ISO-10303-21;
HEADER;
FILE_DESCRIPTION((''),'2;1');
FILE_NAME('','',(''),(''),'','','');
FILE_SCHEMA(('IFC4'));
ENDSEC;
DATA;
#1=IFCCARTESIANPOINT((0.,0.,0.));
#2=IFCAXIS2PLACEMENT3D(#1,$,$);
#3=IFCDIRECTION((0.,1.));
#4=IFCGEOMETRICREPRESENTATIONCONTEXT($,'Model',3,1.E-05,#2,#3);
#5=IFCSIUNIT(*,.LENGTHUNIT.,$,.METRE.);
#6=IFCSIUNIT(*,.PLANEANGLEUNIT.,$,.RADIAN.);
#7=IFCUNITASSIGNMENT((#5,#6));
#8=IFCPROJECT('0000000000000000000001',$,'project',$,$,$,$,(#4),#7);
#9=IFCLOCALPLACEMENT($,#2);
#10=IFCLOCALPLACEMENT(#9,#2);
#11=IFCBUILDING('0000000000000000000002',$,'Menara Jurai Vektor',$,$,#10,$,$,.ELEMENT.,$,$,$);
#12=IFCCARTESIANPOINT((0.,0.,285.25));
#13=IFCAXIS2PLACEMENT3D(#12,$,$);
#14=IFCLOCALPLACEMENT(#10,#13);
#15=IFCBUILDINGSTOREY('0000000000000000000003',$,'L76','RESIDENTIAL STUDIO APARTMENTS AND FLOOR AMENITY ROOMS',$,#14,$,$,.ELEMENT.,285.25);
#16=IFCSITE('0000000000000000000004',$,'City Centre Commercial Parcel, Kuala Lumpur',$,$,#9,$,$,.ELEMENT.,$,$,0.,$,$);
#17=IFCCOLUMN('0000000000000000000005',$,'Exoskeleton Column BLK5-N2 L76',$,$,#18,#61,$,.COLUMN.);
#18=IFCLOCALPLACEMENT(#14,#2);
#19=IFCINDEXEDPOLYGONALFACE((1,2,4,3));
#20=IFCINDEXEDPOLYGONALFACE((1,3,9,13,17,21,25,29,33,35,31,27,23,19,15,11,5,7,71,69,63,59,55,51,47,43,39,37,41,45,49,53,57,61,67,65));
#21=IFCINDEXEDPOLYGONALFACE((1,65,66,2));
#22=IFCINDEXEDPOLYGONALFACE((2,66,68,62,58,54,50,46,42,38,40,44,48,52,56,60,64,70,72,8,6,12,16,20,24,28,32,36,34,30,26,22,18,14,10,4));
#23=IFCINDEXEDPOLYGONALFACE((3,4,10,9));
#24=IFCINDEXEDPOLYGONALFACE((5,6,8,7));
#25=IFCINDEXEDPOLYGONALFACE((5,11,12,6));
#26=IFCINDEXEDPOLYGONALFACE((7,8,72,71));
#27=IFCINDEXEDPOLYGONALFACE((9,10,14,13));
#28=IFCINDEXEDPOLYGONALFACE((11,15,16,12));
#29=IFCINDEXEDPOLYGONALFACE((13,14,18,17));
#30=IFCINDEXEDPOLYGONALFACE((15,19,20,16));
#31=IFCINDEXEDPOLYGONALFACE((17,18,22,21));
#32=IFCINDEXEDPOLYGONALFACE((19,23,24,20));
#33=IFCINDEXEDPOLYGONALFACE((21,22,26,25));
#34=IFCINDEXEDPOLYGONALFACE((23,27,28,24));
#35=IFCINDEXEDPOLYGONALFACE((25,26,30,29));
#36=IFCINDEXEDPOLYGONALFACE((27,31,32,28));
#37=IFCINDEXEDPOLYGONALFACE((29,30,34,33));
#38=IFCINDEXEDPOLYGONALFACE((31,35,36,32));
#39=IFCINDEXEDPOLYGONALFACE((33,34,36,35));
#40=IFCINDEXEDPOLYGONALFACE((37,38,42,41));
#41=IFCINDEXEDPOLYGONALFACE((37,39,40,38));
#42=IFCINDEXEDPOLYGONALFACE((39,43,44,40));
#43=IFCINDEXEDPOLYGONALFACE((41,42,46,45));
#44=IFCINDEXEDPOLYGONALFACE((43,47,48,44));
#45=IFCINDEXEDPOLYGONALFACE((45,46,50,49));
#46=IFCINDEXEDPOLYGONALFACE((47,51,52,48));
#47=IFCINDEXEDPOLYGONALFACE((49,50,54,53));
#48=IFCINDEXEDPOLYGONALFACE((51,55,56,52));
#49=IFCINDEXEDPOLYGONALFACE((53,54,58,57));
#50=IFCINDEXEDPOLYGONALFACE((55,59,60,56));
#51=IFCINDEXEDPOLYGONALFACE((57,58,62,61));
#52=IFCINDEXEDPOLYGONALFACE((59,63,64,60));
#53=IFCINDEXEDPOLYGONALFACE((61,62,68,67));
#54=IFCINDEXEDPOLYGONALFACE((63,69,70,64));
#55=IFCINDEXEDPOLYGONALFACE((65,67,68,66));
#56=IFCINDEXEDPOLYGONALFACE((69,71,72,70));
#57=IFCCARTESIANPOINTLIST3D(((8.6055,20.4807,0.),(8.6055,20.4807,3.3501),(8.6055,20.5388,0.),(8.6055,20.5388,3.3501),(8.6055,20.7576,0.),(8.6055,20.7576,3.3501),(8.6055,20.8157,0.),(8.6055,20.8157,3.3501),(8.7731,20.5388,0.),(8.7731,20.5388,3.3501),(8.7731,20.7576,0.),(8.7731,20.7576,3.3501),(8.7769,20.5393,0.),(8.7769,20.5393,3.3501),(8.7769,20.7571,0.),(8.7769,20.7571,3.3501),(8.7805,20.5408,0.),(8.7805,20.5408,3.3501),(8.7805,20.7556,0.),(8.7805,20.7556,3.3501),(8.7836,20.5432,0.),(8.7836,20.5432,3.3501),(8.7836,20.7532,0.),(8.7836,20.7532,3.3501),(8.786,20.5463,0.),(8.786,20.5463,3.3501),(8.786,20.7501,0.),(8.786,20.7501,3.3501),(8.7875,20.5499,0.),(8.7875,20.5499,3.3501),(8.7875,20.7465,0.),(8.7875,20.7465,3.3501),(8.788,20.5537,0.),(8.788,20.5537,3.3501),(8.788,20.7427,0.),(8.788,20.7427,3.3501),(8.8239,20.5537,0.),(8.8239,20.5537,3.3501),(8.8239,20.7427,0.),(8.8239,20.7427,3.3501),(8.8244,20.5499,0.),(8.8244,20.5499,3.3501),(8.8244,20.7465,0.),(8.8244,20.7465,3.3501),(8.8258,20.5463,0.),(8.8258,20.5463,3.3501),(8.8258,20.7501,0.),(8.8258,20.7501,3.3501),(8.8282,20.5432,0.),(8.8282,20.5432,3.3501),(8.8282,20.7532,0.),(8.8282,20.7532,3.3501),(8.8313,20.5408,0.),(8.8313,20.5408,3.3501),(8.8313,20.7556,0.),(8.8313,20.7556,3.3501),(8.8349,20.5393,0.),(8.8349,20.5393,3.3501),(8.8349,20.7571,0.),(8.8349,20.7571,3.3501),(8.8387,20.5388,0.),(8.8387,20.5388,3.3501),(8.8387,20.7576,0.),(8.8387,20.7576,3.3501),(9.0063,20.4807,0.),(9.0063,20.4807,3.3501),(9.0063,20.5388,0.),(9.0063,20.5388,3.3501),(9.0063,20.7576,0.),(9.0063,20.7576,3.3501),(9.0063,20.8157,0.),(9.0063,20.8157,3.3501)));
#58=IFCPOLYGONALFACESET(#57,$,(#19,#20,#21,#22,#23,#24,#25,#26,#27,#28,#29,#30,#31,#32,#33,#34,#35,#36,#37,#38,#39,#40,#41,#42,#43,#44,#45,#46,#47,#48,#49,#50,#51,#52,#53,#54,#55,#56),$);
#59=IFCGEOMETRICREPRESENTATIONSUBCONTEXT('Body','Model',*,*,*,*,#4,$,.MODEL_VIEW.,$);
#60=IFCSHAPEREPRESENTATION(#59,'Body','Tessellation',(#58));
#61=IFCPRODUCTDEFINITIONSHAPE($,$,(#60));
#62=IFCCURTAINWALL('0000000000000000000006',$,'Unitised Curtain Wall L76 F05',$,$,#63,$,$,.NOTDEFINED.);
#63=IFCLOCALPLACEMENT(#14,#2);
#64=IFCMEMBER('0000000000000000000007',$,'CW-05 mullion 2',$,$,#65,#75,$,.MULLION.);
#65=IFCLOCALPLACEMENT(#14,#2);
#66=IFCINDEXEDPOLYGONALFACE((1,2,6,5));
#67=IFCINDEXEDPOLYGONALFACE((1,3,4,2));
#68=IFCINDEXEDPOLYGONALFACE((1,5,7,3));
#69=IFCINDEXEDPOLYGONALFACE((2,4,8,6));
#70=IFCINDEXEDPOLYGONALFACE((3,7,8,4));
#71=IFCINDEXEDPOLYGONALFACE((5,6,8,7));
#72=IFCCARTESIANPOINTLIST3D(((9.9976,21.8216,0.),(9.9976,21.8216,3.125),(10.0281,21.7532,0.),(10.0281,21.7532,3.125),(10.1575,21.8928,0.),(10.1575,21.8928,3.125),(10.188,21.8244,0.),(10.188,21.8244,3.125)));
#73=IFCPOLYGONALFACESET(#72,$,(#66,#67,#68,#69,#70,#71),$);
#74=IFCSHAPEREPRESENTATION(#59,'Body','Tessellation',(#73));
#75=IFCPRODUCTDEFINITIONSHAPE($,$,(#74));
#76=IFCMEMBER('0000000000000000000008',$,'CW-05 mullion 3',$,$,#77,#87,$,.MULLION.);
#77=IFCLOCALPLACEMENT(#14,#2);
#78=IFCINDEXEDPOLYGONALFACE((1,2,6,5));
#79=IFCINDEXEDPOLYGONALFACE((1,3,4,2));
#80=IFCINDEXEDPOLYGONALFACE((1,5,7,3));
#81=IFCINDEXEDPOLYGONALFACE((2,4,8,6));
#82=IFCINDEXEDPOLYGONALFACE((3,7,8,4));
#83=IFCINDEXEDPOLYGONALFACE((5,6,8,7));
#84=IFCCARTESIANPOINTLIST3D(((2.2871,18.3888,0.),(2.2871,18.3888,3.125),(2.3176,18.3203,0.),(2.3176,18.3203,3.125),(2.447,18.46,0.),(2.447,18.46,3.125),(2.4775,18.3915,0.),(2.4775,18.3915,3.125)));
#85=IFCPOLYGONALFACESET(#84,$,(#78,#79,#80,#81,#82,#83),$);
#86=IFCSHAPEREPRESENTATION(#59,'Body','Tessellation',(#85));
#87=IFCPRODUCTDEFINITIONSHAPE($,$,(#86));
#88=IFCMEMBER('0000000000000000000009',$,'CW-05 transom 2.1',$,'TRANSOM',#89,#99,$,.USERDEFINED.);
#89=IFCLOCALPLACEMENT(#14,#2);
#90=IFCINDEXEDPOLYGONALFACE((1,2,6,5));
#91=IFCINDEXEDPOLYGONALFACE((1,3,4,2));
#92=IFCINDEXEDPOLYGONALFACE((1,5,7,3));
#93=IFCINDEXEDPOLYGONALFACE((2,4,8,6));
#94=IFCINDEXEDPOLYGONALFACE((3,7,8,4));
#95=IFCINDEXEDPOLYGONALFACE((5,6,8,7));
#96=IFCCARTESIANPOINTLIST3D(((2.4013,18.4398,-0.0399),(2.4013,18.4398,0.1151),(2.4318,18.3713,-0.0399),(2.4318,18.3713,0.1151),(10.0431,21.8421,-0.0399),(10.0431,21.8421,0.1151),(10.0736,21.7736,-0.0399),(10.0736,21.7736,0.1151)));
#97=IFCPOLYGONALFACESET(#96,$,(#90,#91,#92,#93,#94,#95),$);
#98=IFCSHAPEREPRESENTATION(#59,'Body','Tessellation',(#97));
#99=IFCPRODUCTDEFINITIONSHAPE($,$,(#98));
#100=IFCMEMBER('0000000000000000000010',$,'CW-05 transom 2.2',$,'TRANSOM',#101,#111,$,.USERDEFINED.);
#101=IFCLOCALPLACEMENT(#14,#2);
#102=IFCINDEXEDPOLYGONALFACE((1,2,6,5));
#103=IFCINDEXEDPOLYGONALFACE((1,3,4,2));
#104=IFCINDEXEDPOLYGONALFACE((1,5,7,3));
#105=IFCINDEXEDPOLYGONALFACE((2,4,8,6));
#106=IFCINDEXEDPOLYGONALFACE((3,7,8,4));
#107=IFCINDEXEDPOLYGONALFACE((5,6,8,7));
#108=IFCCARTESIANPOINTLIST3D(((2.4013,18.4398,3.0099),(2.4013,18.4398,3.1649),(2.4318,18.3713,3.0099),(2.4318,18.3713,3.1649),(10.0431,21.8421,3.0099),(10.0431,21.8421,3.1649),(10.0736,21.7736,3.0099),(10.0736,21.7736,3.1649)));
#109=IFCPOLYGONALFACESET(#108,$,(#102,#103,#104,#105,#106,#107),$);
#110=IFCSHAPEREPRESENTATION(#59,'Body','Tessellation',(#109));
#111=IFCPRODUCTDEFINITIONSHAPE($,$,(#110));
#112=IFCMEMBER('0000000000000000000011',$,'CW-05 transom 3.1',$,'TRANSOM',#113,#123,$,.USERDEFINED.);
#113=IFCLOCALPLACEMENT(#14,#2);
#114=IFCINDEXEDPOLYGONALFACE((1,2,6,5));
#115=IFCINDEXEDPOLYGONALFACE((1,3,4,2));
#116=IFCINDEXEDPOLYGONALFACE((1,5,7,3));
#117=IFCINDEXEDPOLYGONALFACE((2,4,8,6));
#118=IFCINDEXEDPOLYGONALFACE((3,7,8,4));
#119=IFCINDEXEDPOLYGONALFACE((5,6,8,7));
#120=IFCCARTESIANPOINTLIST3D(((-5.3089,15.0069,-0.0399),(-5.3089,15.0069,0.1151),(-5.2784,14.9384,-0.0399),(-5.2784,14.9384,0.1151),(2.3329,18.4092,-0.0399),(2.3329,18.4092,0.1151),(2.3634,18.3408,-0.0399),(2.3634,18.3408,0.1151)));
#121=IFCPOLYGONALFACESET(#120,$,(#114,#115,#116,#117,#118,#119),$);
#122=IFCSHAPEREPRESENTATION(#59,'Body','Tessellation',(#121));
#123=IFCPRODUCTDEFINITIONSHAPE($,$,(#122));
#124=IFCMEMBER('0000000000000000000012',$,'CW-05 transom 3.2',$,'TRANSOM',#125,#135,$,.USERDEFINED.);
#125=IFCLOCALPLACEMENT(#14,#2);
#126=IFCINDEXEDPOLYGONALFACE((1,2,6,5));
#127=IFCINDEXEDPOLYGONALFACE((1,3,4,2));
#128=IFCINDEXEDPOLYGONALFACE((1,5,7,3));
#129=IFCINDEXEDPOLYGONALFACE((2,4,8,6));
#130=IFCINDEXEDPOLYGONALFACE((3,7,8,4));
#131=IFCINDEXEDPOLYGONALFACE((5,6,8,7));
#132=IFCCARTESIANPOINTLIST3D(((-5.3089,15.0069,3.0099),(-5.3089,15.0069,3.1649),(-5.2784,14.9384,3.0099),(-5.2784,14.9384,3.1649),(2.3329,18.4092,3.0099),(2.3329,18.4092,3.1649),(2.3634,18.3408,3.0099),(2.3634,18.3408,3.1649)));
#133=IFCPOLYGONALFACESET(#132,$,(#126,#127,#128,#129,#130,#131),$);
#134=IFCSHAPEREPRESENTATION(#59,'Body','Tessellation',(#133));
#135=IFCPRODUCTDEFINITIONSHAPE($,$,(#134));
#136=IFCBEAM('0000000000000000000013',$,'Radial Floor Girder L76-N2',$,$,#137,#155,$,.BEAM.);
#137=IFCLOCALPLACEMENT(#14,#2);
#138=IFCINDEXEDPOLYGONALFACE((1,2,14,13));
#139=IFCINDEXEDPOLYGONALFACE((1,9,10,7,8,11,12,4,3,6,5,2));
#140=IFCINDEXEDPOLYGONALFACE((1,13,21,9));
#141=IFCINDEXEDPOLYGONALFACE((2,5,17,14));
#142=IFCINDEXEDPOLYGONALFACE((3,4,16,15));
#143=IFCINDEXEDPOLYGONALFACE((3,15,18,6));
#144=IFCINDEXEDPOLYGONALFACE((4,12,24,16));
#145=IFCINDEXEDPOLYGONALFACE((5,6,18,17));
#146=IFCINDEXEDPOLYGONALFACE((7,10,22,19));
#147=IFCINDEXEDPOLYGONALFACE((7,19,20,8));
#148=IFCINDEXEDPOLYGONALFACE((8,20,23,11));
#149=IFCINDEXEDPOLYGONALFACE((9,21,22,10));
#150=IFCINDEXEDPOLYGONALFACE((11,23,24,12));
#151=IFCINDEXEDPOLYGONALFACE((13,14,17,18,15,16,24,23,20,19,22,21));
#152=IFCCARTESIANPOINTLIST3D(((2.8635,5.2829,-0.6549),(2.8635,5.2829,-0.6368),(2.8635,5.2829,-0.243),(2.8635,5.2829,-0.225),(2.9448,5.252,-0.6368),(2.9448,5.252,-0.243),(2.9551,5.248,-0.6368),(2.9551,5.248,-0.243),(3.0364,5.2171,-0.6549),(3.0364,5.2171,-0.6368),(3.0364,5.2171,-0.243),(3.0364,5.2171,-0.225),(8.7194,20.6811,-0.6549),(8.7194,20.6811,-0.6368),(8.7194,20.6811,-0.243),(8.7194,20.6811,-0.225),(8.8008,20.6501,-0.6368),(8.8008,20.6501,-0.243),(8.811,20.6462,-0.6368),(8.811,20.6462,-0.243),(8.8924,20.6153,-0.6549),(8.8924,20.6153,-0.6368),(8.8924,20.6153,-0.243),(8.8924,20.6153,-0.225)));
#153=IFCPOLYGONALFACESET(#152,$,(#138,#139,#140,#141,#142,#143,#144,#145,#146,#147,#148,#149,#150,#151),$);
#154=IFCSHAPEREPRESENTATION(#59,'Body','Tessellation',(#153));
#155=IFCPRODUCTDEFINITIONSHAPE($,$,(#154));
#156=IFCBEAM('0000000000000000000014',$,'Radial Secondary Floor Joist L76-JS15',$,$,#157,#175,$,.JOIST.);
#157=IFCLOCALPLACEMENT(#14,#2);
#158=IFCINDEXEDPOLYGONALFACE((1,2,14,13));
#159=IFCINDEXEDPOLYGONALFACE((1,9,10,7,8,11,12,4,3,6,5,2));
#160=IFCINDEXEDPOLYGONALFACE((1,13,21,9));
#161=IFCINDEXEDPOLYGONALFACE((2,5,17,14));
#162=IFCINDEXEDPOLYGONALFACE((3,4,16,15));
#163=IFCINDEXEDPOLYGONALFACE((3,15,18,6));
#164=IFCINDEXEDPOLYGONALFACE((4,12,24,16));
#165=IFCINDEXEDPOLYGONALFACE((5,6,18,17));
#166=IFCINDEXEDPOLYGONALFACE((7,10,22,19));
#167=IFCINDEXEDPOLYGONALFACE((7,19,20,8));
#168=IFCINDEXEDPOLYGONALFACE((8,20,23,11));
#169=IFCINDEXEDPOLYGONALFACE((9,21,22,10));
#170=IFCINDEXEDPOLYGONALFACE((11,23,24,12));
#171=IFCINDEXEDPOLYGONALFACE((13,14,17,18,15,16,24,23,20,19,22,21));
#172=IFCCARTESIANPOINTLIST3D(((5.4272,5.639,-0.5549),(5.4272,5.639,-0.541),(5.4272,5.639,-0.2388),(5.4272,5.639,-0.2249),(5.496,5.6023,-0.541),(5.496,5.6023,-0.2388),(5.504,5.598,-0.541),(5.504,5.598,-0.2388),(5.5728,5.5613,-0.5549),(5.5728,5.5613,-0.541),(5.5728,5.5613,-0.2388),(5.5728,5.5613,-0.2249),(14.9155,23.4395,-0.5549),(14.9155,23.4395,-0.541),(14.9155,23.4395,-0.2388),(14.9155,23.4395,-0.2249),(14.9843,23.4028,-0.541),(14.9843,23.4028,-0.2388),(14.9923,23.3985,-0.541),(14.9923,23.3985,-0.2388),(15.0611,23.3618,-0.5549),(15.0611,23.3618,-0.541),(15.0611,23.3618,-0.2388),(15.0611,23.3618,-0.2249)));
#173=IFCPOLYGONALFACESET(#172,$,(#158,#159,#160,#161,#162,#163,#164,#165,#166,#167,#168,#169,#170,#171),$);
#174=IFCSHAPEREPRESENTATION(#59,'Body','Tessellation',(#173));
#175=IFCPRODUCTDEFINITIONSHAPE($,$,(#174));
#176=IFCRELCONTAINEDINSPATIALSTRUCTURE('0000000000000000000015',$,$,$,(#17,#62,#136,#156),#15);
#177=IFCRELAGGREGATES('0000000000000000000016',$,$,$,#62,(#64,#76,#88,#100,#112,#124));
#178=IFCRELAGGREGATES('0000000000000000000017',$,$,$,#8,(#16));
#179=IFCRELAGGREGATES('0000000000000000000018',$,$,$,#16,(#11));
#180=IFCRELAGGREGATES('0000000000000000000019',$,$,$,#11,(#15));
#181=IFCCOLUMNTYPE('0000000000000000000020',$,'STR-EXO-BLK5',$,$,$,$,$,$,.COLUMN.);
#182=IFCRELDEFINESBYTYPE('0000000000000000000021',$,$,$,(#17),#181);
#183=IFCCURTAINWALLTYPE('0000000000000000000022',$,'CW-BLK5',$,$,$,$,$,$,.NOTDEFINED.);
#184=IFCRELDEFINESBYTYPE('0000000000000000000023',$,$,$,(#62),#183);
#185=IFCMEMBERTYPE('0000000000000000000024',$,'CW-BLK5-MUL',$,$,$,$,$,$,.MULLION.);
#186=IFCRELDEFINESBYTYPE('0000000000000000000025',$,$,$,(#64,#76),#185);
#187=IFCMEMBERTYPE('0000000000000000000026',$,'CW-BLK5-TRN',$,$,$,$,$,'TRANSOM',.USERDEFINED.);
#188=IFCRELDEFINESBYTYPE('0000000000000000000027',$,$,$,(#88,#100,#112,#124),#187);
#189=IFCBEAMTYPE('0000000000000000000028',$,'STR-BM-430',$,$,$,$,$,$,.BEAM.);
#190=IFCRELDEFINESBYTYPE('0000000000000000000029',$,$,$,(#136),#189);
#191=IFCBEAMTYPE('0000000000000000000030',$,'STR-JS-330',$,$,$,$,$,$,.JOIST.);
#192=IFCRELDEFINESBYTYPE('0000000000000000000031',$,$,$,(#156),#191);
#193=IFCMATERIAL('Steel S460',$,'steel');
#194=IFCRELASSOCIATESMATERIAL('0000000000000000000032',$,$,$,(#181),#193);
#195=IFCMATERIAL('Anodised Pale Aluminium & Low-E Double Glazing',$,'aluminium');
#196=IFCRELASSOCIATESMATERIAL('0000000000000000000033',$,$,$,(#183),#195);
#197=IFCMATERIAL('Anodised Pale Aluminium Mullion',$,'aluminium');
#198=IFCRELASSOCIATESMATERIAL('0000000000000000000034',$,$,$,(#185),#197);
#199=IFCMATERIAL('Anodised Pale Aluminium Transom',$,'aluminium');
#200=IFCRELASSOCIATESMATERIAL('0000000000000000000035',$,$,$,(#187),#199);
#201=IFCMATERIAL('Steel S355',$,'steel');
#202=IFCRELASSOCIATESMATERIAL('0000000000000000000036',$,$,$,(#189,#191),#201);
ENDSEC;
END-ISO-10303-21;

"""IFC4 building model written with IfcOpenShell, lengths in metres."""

from ifc_helpers import new_model, si_unit, direction, frame, origin, origin_2d, place, context, subcontext, project, spatial, rectangle, i_section, extrude, material, material_profile, profile_set, type_object, element, aggregate, save


model = new_model("IFC4")

# Units and contexts
model_context = context("Model", 3, precision=1e-05, world=origin(), true_north=direction((0.0, 1.0)))
body_context = subcontext(model_context, "Body", "Model", "MODEL_VIEW")
ifc_project = project(units=[si_unit("LENGTHUNIT", "METRE"), si_unit("PLANEANGLEUNIT", "RADIAN")], contexts=[model_context])

# Site, building, storey
site_placement = place(None, origin())
site = spatial("IfcSite", under=ifc_project, at=site_placement, Name="City Centre Commercial Parcel, Kuala Lumpur", CompositionType="ELEMENT", RefElevation=0.0)
building_placement = place(site_placement, origin())
building = spatial("IfcBuilding", under=site, at=building_placement, Name="Menara Jurai Vektor", CompositionType="ELEMENT")
storey_placement = place(building_placement, frame((0.0, 0.0, 285.25)))
storey = spatial("IfcBuildingStorey", under=building, at=storey_placement, Name="L76", Description="RESIDENTIAL STUDIO APARTMENTS AND FLOOR AMENITY ROOMS", CompositionType="ELEMENT", Elevation=285.25)

# Column
ifc_material_1 = material(Name="Steel S460", Category="steel")
ifc_material_profile_1 = material_profile(ifc_material_1, i_section(OverallWidth=0.4009, OverallDepth=0.335, WebThickness=0.0359, FlangeThickness=0.0581, FilletRadius=0.0149, at=origin_2d()), Name="HD 400x463")
ifc_profile_set_1 = profile_set([ifc_material_profile_1], Name="Steel S460")
column_type = type_object("IfcColumnType", Name="STR-EXO-BLK5", PredefinedType="COLUMN", material=ifc_profile_set_1)
column_placement = place(storey_placement, frame((8.8059, 20.6482, 0.0), z_axis=(0.0, 0.0, 1.0), x_axis=(1.0, 0.0, 0.0)))
element("IfcColumn", 1, at=column_placement, inside=storey, type_object=column_type, Name="Exoskeleton Column BLK5-N2 L76", PredefinedType="COLUMN", context=body_context, shape_type="SweptSolid", body=[
    extrude(i_section(OverallWidth=0.4009, OverallDepth=0.335, WebThickness=0.0359, FlangeThickness=0.0581, FilletRadius=0.0149, at=origin_2d()), origin(), (0.0, 0.0, 1.0), 3.3501),
])

# Curtain wall, members
ifc_material_2 = material(Name="Anodised Pale Aluminium & Low-E Double Glazing", Category="aluminium")
curtain_wall_type = type_object("IfcCurtainWallType", Name="CW-BLK5", PredefinedType="NOTDEFINED", material=ifc_material_2)
curtain_wall_placement = place(storey_placement, origin())
curtain_wall = element("IfcCurtainWall", 2, at=curtain_wall_placement, inside=storey, type_object=curtain_wall_type, Name="Unitised Curtain Wall L76 F05", PredefinedType="NOTDEFINED")
ifc_material_3 = material(Name="Anodised Pale Aluminium Mullion", Category="aluminium")
ifc_material_profile_2 = material_profile(ifc_material_3, rectangle(XDim=0.075, YDim=0.175, at=origin_2d()), Name="ALU MUL 75x175")
ifc_profile_set_2 = profile_set([ifc_material_profile_2], Name="Anodised Pale Aluminium Mullion")
member_type_1 = type_object("IfcMemberType", Name="CW-BLK5-MUL", PredefinedType="MULLION", material=ifc_profile_set_2)
member_1_placement = place(storey_placement, frame((10.0928, 21.823, 0.0), z_axis=(0.0, 0.0, 1.0), x_axis=(0.406735, -0.913546, 0.0)))
member_1 = element("IfcMember", 3, at=member_1_placement, type_object=member_type_1, Name="CW-05 mullion 2", PredefinedType="MULLION", context=body_context, shape_type="SweptSolid", body=[
    extrude(rectangle(XDim=0.075, YDim=0.175, at=origin_2d()), origin(), (0.0, 0.0, 1.0), 3.125),
])
member_2_placement = place(storey_placement, frame((2.3823, 18.3901, 0.0), z_axis=(0.0, 0.0, 1.0), x_axis=(0.406735, -0.913546, 0.0)))
member_2 = element("IfcMember", 4, at=member_2_placement, type_object=member_type_1, Name="CW-05 mullion 3", PredefinedType="MULLION", context=body_context, shape_type="SweptSolid", body=[
    extrude(rectangle(XDim=0.075, YDim=0.175, at=origin_2d()), origin(), (0.0, 0.0, 1.0), 3.125),
])
ifc_material_4 = material(Name="Anodised Pale Aluminium Transom", Category="aluminium")
ifc_material_profile_3 = material_profile(ifc_material_4, rectangle(XDim=0.075, YDim=0.155, at=origin_2d()), Name="ALU TRN 75x155")
ifc_profile_set_3 = profile_set([ifc_material_profile_3], Name="Anodised Pale Aluminium Transom")
member_type_2 = type_object("IfcMemberType", Name="CW-BLK5-TRN", ElementType="TRANSOM", PredefinedType="USERDEFINED", material=ifc_profile_set_3)
member_3_placement = place(storey_placement, frame((10.0583, 21.8079, 0.0376), z_axis=(-0.913547, -0.406734, 0.0), x_axis=(0.406734, -0.913547, 0.0)))
member_3 = element("IfcMember", 5, at=member_3_placement, type_object=member_type_2, Name="CW-05 transom 2.1", ObjectType="TRANSOM", PredefinedType="USERDEFINED", context=body_context, shape_type="SweptSolid", body=[
    extrude(rectangle(XDim=0.075, YDim=0.155, at=origin_2d()), origin(), (0.0, 0.0, 1.0), 8.365),
])
member_4_placement = place(storey_placement, frame((10.0583, 21.8079, 3.0874), z_axis=(-0.913547, -0.406734, 0.0), x_axis=(0.406734, -0.913547, 0.0)))
member_4 = element("IfcMember", 6, at=member_4_placement, type_object=member_type_2, Name="CW-05 transom 2.2", ObjectType="TRANSOM", PredefinedType="USERDEFINED", context=body_context, shape_type="SweptSolid", body=[
    extrude(rectangle(XDim=0.075, YDim=0.155, at=origin_2d()), origin(), (0.0, 0.0, 1.0), 8.365),
])
member_5_placement = place(storey_placement, frame((2.3481, 18.375, 0.0376), z_axis=(-0.913547, -0.406734, 0.0), x_axis=(0.406734, -0.913547, 0.0)))
member_5 = element("IfcMember", 7, at=member_5_placement, type_object=member_type_2, Name="CW-05 transom 3.1", ObjectType="TRANSOM", PredefinedType="USERDEFINED", context=body_context, shape_type="SweptSolid", body=[
    extrude(rectangle(XDim=0.075, YDim=0.155, at=origin_2d()), origin(), (0.0, 0.0, 1.0), 8.365),
])
member_6_placement = place(storey_placement, frame((2.3481, 18.375, 3.0874), z_axis=(-0.913547, -0.406734, 0.0), x_axis=(0.406734, -0.913547, 0.0)))
member_6 = element("IfcMember", 8, at=member_6_placement, type_object=member_type_2, Name="CW-05 transom 3.2", ObjectType="TRANSOM", PredefinedType="USERDEFINED", context=body_context, shape_type="SweptSolid", body=[
    extrude(rectangle(XDim=0.075, YDim=0.155, at=origin_2d()), origin(), (0.0, 0.0, 1.0), 8.365),
])

# Beams
ifc_material_5 = material(Name="Steel S355", Category="steel")
ifc_material_profile_4 = material_profile(ifc_material_5, i_section(OverallWidth=0.1851, OverallDepth=0.4299, WebThickness=0.011, FlangeThickness=0.0181, at=origin_2d()), Name="PG 430x185x76")
ifc_profile_set_4 = profile_set([ifc_material_profile_4], Name="Steel S355")
beam_type_1 = type_object("IfcBeamType", Name="STR-BM-430", PredefinedType="BEAM", material=ifc_profile_set_4)
beam_1_placement = place(storey_placement, frame((8.8059, 20.6482, -0.4399), z_axis=(-0.355464, -0.93469, 0.0), x_axis=(0.93469, -0.355464, 0.0)))
element("IfcBeam", 9, at=beam_1_placement, inside=storey, type_object=beam_type_1, Name="Radial Floor Girder L76-N2", PredefinedType="BEAM", context=body_context, shape_type="SweptSolid", body=[
    extrude(i_section(OverallWidth=0.1851, OverallDepth=0.4299, WebThickness=0.011, FlangeThickness=0.0181, at=origin_2d()), origin(), (0.0, 0.0, 1.0), 16.4741),
])
ifc_material_profile_5 = material_profile(ifc_material_5, i_section(OverallWidth=0.165, OverallDepth=0.3301, WebThickness=0.009, FlangeThickness=0.0139, at=origin_2d()), Name="PG 330x165x46")
ifc_profile_set_5 = profile_set([ifc_material_profile_5], Name="Steel S355")
beam_type_2 = type_object("IfcBeamType", Name="STR-JS-330", PredefinedType="JOIST", material=ifc_profile_set_5)
beam_2_placement = place(storey_placement, frame((14.9883, 23.4006, -0.3899), z_axis=(-0.470382, -0.882463, 0.0), x_axis=(0.882463, -0.470382, 0.0)))
element("IfcBeam", 10, at=beam_2_placement, inside=storey, type_object=beam_type_2, Name="Radial Secondary Floor Joist L76-JS15", PredefinedType="JOIST", context=body_context, shape_type="SweptSolid", body=[
    extrude(i_section(OverallWidth=0.165, OverallDepth=0.3301, WebThickness=0.009, FlangeThickness=0.0139, at=origin_2d()), origin(), (0.0, 0.0, 1.0), 20.1714),
])

aggregate(curtain_wall, [member_1, member_2, member_3, member_4, member_5, member_6])

save(model, "model.ifc")
